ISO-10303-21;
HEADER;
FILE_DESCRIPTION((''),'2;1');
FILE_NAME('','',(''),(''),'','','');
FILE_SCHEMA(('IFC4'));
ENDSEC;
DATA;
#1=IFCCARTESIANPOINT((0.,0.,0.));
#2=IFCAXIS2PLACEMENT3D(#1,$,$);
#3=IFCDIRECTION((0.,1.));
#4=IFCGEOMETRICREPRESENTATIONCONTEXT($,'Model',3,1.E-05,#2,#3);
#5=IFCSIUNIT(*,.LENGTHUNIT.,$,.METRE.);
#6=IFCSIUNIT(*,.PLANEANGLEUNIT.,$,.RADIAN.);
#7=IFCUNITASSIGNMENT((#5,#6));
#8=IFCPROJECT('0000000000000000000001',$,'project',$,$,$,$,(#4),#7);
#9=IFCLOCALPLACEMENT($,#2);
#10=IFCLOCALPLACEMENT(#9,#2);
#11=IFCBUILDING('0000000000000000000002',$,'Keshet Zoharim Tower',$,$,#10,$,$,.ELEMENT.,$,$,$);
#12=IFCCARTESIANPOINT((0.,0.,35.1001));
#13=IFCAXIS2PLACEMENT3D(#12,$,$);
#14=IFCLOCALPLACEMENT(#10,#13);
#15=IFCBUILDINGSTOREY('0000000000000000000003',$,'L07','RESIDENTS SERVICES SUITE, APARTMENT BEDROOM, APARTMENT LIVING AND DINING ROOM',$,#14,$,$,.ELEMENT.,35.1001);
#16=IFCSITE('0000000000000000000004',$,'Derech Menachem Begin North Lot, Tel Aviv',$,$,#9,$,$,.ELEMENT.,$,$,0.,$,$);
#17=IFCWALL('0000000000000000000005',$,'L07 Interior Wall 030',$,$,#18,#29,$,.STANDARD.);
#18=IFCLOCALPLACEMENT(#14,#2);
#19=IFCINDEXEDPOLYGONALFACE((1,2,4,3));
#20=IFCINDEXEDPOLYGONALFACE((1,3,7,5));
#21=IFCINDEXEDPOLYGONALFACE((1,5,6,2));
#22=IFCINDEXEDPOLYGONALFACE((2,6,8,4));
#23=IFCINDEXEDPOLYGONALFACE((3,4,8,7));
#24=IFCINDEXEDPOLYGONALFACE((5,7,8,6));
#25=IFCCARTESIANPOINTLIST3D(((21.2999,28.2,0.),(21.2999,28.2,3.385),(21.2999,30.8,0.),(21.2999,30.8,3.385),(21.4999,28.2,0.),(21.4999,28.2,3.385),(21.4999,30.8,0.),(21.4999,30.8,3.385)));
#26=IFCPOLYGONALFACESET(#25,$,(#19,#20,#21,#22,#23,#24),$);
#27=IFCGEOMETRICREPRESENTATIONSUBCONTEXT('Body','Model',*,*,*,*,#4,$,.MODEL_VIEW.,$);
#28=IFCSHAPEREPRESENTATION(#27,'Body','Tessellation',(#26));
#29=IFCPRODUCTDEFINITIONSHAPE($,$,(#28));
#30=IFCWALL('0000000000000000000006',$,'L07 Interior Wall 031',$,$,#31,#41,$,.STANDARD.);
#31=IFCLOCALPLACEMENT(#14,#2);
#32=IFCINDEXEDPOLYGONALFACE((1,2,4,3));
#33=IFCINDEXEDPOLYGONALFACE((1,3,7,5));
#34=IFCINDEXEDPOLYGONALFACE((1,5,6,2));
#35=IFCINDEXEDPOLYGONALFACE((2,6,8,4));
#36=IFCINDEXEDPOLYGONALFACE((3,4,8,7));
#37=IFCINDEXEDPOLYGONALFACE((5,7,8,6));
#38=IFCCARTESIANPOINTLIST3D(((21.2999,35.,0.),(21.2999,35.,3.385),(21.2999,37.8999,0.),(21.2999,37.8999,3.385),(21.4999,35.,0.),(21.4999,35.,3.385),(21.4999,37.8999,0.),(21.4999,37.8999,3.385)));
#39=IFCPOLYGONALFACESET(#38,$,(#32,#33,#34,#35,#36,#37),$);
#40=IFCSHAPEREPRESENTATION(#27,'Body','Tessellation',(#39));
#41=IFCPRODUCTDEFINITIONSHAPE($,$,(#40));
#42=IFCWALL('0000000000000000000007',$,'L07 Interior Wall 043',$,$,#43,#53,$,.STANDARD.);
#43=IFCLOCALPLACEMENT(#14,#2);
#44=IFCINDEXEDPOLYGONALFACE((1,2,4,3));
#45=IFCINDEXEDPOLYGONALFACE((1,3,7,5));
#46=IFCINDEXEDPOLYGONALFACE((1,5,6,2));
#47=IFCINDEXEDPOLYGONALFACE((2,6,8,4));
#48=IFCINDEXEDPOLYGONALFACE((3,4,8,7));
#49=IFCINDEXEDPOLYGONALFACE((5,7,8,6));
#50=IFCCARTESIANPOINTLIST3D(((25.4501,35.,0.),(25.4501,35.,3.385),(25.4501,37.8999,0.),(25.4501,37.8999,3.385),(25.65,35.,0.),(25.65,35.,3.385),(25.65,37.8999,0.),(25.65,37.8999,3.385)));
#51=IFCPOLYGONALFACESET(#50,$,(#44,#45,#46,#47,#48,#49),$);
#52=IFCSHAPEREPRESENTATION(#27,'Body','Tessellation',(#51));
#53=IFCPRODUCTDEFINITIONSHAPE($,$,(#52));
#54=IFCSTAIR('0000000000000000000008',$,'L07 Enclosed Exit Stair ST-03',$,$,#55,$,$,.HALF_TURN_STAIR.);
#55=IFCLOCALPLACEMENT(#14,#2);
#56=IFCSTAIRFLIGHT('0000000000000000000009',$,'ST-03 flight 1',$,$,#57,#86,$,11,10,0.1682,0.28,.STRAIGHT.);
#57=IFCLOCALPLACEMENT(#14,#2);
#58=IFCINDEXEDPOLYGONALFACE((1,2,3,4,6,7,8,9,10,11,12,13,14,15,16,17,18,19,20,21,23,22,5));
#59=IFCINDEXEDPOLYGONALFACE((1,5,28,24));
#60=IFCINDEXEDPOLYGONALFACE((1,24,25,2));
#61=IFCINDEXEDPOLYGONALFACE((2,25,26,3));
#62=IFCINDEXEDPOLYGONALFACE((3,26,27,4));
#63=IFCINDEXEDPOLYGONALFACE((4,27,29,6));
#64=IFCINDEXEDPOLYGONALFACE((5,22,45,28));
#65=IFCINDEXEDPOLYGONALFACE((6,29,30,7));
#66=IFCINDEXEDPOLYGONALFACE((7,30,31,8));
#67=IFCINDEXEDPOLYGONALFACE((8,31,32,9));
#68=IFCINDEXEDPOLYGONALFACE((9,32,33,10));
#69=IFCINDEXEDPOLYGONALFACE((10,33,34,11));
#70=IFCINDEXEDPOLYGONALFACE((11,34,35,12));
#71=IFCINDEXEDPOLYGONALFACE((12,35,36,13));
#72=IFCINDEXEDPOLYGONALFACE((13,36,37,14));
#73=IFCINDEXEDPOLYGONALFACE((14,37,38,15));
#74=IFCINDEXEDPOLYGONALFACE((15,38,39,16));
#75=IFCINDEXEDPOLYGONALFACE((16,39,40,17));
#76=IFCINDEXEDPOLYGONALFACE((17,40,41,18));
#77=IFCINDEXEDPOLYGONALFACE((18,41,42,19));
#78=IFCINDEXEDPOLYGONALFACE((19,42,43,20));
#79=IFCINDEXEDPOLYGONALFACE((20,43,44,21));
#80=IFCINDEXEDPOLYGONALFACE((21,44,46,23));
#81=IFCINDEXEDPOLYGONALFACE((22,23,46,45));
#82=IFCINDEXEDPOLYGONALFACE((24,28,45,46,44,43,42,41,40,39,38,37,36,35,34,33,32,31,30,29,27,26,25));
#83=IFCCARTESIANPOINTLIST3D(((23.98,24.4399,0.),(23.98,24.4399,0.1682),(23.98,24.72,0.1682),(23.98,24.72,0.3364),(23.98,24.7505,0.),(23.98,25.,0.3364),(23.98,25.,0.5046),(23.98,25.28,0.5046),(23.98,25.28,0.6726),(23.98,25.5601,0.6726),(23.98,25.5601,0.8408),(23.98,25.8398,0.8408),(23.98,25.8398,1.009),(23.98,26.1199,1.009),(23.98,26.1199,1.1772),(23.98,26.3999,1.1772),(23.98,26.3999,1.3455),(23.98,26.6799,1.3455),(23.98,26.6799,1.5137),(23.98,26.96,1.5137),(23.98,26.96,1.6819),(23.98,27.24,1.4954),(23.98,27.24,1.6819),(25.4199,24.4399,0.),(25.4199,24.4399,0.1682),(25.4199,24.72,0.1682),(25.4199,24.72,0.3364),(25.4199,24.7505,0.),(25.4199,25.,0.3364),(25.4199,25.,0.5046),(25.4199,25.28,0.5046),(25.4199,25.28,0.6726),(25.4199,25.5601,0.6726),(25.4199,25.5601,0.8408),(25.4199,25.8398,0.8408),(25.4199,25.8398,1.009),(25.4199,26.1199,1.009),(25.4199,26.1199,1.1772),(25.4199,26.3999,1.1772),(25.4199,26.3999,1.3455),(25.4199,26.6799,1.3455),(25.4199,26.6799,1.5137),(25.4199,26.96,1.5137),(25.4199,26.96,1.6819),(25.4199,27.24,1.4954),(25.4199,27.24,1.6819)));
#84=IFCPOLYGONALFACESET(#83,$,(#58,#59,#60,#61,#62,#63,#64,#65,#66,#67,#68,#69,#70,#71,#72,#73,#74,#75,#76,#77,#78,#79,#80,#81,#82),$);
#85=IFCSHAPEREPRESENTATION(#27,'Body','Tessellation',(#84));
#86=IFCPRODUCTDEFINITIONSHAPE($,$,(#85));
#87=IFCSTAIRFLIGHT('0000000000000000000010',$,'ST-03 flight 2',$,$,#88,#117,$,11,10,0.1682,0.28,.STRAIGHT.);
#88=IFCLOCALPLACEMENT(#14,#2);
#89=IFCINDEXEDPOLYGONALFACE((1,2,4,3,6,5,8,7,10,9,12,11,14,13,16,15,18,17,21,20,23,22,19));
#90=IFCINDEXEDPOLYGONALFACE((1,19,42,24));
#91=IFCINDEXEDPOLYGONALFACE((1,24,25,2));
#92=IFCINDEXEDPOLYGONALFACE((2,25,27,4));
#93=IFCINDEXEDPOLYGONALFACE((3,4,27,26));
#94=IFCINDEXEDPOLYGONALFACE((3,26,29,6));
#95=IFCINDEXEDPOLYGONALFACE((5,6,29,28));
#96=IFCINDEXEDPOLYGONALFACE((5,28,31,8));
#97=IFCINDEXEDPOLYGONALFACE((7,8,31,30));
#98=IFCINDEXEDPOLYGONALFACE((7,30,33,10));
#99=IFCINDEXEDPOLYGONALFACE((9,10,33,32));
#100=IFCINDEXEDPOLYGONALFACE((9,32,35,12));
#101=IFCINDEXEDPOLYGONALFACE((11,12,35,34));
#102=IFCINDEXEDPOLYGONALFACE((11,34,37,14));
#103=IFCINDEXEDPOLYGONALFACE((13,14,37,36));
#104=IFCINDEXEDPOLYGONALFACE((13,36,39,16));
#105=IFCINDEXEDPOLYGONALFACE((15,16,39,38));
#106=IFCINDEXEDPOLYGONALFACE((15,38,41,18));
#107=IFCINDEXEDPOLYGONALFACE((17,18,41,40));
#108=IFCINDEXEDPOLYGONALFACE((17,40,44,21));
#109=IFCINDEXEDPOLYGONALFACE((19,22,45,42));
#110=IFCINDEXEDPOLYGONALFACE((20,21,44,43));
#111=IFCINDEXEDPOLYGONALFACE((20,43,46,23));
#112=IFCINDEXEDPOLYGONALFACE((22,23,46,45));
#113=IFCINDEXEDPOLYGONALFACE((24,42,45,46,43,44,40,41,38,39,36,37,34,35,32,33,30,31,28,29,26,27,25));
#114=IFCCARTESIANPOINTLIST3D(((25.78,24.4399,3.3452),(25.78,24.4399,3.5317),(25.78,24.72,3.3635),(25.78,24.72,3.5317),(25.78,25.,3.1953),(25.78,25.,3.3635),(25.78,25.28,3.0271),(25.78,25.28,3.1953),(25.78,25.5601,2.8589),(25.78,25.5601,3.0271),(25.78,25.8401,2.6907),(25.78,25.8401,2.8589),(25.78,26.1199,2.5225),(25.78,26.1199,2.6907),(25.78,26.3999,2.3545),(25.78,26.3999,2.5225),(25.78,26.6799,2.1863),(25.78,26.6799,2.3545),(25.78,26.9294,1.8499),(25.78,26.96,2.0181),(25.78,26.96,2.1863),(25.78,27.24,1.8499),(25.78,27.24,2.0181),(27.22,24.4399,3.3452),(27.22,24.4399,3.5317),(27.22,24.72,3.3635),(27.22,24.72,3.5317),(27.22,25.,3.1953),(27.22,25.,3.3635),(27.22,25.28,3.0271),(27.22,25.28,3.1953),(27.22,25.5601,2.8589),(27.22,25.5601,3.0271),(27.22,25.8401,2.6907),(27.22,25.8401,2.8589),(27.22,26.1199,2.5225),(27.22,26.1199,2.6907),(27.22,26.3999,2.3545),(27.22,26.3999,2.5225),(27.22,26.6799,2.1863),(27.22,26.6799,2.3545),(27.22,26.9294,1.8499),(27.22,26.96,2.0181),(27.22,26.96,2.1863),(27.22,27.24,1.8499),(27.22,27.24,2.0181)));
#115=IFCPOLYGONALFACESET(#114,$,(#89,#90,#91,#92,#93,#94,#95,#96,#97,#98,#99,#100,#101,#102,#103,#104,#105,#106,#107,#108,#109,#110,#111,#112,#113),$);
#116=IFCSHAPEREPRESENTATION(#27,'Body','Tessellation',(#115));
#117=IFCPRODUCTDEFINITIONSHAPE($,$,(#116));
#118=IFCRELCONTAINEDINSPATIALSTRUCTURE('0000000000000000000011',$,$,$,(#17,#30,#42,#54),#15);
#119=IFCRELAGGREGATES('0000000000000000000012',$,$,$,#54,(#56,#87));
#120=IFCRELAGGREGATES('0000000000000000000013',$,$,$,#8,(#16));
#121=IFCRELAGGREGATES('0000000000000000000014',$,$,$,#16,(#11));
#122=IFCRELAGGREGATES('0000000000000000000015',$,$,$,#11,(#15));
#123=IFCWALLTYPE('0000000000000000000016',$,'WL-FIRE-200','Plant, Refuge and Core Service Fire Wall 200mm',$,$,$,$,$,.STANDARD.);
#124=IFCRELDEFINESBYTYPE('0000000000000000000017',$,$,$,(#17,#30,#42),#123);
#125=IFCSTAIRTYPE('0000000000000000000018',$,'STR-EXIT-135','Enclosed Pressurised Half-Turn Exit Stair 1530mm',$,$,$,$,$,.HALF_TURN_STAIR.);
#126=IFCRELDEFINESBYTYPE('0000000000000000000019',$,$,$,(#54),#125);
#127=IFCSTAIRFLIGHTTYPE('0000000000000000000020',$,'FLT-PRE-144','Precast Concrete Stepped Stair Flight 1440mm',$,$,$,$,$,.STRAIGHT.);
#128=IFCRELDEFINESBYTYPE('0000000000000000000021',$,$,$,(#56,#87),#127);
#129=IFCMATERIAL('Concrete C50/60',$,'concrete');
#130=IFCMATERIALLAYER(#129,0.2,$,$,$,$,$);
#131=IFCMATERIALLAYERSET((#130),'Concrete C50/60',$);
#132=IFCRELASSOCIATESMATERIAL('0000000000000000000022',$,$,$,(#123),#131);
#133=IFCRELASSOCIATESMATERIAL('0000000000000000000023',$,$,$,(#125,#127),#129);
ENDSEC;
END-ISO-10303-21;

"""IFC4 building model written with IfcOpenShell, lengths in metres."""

from ifc_helpers import new_model, si_unit, direction, frame, frame_2d, origin, place, context, subcontext, project, spatial, polyline, rectangle, outline, extrude, material, layer, layer_set, type_object, element, aggregate, save


model = new_model("IFC4")

# Units and contexts
model_context = context("Model", 3, precision=1e-05, world=origin(), true_north=direction((0.0, 1.0)))
body_context = subcontext(model_context, "Body", "Model", "MODEL_VIEW")
ifc_project = project(units=[si_unit("LENGTHUNIT", "METRE"), si_unit("PLANEANGLEUNIT", "RADIAN")], contexts=[model_context])

# Site, building, storey
site_placement = place(None, origin())
site = spatial("IfcSite", under=ifc_project, at=site_placement, Name="Derech Menachem Begin North Lot, Tel Aviv", CompositionType="ELEMENT", RefElevation=0.0)
building_placement = place(site_placement, origin())
building = spatial("IfcBuilding", under=site, at=building_placement, Name="Keshet Zoharim Tower", CompositionType="ELEMENT")
storey_placement = place(building_placement, frame((0.0, 0.0, 35.1001)))
storey = spatial("IfcBuildingStorey", under=building, at=storey_placement, Name="L07", Description="RESIDENTS SERVICES SUITE, APARTMENT BEDROOM, APARTMENT LIVING AND DINING ROOM", CompositionType="ELEMENT", Elevation=35.1001)

# Walls
ifc_material_1 = material(Name="Concrete C50/60", Category="concrete")
ifc_layer_1 = layer(ifc_material_1, 0.2)
ifc_layer_set_1 = layer_set([ifc_layer_1], Name="Concrete C50/60")
wall_type_1 = type_object("IfcWallType", Name="WL-FIRE-200", Description="Plant, Refuge and Core Service Fire Wall 200mm", PredefinedType="STANDARD", material=ifc_layer_set_1)
wall_1_placement = place(storey_placement, frame((21.3999, 28.2, 0.0), z_axis=(0.0, 0.0, 1.0), x_axis=(0.0, 1.0, 0.0)))
element("IfcWall", 1, at=wall_1_placement, inside=storey, type_object=wall_type_1, Name="L07 Interior Wall 030", PredefinedType="STANDARD", context=body_context, shape_type="SweptSolid", body=[
    extrude(rectangle(XDim=2.6001, YDim=0.2, at=frame_2d((1.3, 0.0))), origin(), (0.0, 0.0, 1.0), 3.385),
])
for number, where, z_axis, x_axis, name in (
    (2, (21.3999, 35.0, 0.0), (0.0, 0.0, 1.0), (0.0, 1.0, 0.0), "L07 Interior Wall 031"),
    (3, (25.55, 35.0, 0.0), (0.0, 0.0, 1.0), (0.0, 1.0, 0.0), "L07 Interior Wall 043"),
):
    element("IfcWall", number, at=place(storey_placement, frame(where, z_axis=z_axis, x_axis=x_axis)), inside=storey, type_object=wall_type_1, Name=name, PredefinedType="STANDARD", context=body_context, shape_type="SweptSolid", body=[
        extrude(rectangle(XDim=2.8999, YDim=0.2, at=frame_2d((1.45, 0.0))), origin(), (0.0, 0.0, 1.0), 3.385),
    ])

# Stair, stair flights
stair_type = type_object("IfcStairType", Name="STR-EXIT-135", Description="Enclosed Pressurised Half-Turn Exit Stair 1530mm", PredefinedType="HALF_TURN_STAIR", material=ifc_material_1)
stair_placement = place(storey_placement, origin())
stair = element("IfcStair", 4, at=stair_placement, inside=storey, type_object=stair_type, Name="L07 Enclosed Exit Stair ST-03", PredefinedType="HALF_TURN_STAIR")
stair_flight_type = type_object("IfcStairFlightType", Name="FLT-PRE-144", Description="Precast Concrete Stepped Stair Flight 1440mm", PredefinedType="STRAIGHT", material=ifc_material_1)
stair_flight_1_placement = place(storey_placement, frame((24.7, 24.4399, 0.0), z_axis=(0.0, 0.0, 1.0), x_axis=(0.0, 1.0, 0.0)))
stair_flight_1 = element("IfcStairFlight", 5, at=stair_flight_1_placement, type_object=stair_flight_type, Name="ST-03 flight 1", NumberOfRisers=11, NumberOfTreads=10, PredefinedType="STRAIGHT", RiserHeight=0.1682, TreadLength=0.28, context=body_context, shape_type="SweptSolid", body=[
    extrude(outline(polyline([(0.0, 0.0), (0.0, 0.1682), (0.28, 0.1682), (0.28, 0.3364), (0.5601, 0.3364), (0.5601, 0.5046), (0.8401, 0.5046), (0.8401, 0.6726), (1.1201, 0.6726), (1.1201, 0.8408), (1.3999, 0.8408), (1.3999, 1.009), (1.6799, 1.009), (1.6799, 1.1772), (1.96, 1.1772), (1.96, 1.3455), (2.24, 1.3455), (2.24, 1.5137), (2.52, 1.5137), (2.52, 1.6819), (2.8, 1.6819), (2.8, 1.8501), (2.8, 1.4954), (0.3105, 0.0), (0.0, 0.0)])), frame((0.0, 0.72, 0.0), z_axis=(0.0, -1.0, 0.0), x_axis=(1.0, 0.0, 0.0)), (0.0, 0.0, 1.0), 1.4399),
])
stair_flight_2_placement = place(storey_placement, frame((26.5, 27.24, 1.8499), z_axis=(0.0, 0.0, 1.0), x_axis=(0.0, -1.0, 0.0)))
stair_flight_2 = element("IfcStairFlight", 6, at=stair_flight_2_placement, type_object=stair_flight_type, Name="ST-03 flight 2", NumberOfRisers=11, NumberOfTreads=10, PredefinedType="STRAIGHT", RiserHeight=0.1682, TreadLength=0.28, context=body_context, shape_type="SweptSolid", body=[
    extrude(outline(polyline([(0.0, 0.0), (0.0, 0.1682), (0.28, 0.1682), (0.28, 0.3364), (0.5601, 0.3364), (0.5601, 0.5046), (0.8401, 0.5046), (0.8401, 0.6726), (1.1201, 0.6726), (1.1201, 0.8408), (1.3999, 0.8408), (1.3999, 1.009), (1.6799, 1.009), (1.6799, 1.1772), (1.96, 1.1772), (1.96, 1.3455), (2.24, 1.3455), (2.24, 1.5137), (2.52, 1.5137), (2.52, 1.6819), (2.8, 1.6819), (2.8, 1.8501), (2.8, 1.4954), (0.3105, 0.0), (0.0, 0.0)])), frame((0.0, 0.72, 0.0), z_axis=(0.0, -1.0, 0.0), x_axis=(1.0, 0.0, 0.0)), (0.0, 0.0, 1.0), 1.4399),
])
aggregate(stair, [stair_flight_1, stair_flight_2])

save(model, "model.ifc")
